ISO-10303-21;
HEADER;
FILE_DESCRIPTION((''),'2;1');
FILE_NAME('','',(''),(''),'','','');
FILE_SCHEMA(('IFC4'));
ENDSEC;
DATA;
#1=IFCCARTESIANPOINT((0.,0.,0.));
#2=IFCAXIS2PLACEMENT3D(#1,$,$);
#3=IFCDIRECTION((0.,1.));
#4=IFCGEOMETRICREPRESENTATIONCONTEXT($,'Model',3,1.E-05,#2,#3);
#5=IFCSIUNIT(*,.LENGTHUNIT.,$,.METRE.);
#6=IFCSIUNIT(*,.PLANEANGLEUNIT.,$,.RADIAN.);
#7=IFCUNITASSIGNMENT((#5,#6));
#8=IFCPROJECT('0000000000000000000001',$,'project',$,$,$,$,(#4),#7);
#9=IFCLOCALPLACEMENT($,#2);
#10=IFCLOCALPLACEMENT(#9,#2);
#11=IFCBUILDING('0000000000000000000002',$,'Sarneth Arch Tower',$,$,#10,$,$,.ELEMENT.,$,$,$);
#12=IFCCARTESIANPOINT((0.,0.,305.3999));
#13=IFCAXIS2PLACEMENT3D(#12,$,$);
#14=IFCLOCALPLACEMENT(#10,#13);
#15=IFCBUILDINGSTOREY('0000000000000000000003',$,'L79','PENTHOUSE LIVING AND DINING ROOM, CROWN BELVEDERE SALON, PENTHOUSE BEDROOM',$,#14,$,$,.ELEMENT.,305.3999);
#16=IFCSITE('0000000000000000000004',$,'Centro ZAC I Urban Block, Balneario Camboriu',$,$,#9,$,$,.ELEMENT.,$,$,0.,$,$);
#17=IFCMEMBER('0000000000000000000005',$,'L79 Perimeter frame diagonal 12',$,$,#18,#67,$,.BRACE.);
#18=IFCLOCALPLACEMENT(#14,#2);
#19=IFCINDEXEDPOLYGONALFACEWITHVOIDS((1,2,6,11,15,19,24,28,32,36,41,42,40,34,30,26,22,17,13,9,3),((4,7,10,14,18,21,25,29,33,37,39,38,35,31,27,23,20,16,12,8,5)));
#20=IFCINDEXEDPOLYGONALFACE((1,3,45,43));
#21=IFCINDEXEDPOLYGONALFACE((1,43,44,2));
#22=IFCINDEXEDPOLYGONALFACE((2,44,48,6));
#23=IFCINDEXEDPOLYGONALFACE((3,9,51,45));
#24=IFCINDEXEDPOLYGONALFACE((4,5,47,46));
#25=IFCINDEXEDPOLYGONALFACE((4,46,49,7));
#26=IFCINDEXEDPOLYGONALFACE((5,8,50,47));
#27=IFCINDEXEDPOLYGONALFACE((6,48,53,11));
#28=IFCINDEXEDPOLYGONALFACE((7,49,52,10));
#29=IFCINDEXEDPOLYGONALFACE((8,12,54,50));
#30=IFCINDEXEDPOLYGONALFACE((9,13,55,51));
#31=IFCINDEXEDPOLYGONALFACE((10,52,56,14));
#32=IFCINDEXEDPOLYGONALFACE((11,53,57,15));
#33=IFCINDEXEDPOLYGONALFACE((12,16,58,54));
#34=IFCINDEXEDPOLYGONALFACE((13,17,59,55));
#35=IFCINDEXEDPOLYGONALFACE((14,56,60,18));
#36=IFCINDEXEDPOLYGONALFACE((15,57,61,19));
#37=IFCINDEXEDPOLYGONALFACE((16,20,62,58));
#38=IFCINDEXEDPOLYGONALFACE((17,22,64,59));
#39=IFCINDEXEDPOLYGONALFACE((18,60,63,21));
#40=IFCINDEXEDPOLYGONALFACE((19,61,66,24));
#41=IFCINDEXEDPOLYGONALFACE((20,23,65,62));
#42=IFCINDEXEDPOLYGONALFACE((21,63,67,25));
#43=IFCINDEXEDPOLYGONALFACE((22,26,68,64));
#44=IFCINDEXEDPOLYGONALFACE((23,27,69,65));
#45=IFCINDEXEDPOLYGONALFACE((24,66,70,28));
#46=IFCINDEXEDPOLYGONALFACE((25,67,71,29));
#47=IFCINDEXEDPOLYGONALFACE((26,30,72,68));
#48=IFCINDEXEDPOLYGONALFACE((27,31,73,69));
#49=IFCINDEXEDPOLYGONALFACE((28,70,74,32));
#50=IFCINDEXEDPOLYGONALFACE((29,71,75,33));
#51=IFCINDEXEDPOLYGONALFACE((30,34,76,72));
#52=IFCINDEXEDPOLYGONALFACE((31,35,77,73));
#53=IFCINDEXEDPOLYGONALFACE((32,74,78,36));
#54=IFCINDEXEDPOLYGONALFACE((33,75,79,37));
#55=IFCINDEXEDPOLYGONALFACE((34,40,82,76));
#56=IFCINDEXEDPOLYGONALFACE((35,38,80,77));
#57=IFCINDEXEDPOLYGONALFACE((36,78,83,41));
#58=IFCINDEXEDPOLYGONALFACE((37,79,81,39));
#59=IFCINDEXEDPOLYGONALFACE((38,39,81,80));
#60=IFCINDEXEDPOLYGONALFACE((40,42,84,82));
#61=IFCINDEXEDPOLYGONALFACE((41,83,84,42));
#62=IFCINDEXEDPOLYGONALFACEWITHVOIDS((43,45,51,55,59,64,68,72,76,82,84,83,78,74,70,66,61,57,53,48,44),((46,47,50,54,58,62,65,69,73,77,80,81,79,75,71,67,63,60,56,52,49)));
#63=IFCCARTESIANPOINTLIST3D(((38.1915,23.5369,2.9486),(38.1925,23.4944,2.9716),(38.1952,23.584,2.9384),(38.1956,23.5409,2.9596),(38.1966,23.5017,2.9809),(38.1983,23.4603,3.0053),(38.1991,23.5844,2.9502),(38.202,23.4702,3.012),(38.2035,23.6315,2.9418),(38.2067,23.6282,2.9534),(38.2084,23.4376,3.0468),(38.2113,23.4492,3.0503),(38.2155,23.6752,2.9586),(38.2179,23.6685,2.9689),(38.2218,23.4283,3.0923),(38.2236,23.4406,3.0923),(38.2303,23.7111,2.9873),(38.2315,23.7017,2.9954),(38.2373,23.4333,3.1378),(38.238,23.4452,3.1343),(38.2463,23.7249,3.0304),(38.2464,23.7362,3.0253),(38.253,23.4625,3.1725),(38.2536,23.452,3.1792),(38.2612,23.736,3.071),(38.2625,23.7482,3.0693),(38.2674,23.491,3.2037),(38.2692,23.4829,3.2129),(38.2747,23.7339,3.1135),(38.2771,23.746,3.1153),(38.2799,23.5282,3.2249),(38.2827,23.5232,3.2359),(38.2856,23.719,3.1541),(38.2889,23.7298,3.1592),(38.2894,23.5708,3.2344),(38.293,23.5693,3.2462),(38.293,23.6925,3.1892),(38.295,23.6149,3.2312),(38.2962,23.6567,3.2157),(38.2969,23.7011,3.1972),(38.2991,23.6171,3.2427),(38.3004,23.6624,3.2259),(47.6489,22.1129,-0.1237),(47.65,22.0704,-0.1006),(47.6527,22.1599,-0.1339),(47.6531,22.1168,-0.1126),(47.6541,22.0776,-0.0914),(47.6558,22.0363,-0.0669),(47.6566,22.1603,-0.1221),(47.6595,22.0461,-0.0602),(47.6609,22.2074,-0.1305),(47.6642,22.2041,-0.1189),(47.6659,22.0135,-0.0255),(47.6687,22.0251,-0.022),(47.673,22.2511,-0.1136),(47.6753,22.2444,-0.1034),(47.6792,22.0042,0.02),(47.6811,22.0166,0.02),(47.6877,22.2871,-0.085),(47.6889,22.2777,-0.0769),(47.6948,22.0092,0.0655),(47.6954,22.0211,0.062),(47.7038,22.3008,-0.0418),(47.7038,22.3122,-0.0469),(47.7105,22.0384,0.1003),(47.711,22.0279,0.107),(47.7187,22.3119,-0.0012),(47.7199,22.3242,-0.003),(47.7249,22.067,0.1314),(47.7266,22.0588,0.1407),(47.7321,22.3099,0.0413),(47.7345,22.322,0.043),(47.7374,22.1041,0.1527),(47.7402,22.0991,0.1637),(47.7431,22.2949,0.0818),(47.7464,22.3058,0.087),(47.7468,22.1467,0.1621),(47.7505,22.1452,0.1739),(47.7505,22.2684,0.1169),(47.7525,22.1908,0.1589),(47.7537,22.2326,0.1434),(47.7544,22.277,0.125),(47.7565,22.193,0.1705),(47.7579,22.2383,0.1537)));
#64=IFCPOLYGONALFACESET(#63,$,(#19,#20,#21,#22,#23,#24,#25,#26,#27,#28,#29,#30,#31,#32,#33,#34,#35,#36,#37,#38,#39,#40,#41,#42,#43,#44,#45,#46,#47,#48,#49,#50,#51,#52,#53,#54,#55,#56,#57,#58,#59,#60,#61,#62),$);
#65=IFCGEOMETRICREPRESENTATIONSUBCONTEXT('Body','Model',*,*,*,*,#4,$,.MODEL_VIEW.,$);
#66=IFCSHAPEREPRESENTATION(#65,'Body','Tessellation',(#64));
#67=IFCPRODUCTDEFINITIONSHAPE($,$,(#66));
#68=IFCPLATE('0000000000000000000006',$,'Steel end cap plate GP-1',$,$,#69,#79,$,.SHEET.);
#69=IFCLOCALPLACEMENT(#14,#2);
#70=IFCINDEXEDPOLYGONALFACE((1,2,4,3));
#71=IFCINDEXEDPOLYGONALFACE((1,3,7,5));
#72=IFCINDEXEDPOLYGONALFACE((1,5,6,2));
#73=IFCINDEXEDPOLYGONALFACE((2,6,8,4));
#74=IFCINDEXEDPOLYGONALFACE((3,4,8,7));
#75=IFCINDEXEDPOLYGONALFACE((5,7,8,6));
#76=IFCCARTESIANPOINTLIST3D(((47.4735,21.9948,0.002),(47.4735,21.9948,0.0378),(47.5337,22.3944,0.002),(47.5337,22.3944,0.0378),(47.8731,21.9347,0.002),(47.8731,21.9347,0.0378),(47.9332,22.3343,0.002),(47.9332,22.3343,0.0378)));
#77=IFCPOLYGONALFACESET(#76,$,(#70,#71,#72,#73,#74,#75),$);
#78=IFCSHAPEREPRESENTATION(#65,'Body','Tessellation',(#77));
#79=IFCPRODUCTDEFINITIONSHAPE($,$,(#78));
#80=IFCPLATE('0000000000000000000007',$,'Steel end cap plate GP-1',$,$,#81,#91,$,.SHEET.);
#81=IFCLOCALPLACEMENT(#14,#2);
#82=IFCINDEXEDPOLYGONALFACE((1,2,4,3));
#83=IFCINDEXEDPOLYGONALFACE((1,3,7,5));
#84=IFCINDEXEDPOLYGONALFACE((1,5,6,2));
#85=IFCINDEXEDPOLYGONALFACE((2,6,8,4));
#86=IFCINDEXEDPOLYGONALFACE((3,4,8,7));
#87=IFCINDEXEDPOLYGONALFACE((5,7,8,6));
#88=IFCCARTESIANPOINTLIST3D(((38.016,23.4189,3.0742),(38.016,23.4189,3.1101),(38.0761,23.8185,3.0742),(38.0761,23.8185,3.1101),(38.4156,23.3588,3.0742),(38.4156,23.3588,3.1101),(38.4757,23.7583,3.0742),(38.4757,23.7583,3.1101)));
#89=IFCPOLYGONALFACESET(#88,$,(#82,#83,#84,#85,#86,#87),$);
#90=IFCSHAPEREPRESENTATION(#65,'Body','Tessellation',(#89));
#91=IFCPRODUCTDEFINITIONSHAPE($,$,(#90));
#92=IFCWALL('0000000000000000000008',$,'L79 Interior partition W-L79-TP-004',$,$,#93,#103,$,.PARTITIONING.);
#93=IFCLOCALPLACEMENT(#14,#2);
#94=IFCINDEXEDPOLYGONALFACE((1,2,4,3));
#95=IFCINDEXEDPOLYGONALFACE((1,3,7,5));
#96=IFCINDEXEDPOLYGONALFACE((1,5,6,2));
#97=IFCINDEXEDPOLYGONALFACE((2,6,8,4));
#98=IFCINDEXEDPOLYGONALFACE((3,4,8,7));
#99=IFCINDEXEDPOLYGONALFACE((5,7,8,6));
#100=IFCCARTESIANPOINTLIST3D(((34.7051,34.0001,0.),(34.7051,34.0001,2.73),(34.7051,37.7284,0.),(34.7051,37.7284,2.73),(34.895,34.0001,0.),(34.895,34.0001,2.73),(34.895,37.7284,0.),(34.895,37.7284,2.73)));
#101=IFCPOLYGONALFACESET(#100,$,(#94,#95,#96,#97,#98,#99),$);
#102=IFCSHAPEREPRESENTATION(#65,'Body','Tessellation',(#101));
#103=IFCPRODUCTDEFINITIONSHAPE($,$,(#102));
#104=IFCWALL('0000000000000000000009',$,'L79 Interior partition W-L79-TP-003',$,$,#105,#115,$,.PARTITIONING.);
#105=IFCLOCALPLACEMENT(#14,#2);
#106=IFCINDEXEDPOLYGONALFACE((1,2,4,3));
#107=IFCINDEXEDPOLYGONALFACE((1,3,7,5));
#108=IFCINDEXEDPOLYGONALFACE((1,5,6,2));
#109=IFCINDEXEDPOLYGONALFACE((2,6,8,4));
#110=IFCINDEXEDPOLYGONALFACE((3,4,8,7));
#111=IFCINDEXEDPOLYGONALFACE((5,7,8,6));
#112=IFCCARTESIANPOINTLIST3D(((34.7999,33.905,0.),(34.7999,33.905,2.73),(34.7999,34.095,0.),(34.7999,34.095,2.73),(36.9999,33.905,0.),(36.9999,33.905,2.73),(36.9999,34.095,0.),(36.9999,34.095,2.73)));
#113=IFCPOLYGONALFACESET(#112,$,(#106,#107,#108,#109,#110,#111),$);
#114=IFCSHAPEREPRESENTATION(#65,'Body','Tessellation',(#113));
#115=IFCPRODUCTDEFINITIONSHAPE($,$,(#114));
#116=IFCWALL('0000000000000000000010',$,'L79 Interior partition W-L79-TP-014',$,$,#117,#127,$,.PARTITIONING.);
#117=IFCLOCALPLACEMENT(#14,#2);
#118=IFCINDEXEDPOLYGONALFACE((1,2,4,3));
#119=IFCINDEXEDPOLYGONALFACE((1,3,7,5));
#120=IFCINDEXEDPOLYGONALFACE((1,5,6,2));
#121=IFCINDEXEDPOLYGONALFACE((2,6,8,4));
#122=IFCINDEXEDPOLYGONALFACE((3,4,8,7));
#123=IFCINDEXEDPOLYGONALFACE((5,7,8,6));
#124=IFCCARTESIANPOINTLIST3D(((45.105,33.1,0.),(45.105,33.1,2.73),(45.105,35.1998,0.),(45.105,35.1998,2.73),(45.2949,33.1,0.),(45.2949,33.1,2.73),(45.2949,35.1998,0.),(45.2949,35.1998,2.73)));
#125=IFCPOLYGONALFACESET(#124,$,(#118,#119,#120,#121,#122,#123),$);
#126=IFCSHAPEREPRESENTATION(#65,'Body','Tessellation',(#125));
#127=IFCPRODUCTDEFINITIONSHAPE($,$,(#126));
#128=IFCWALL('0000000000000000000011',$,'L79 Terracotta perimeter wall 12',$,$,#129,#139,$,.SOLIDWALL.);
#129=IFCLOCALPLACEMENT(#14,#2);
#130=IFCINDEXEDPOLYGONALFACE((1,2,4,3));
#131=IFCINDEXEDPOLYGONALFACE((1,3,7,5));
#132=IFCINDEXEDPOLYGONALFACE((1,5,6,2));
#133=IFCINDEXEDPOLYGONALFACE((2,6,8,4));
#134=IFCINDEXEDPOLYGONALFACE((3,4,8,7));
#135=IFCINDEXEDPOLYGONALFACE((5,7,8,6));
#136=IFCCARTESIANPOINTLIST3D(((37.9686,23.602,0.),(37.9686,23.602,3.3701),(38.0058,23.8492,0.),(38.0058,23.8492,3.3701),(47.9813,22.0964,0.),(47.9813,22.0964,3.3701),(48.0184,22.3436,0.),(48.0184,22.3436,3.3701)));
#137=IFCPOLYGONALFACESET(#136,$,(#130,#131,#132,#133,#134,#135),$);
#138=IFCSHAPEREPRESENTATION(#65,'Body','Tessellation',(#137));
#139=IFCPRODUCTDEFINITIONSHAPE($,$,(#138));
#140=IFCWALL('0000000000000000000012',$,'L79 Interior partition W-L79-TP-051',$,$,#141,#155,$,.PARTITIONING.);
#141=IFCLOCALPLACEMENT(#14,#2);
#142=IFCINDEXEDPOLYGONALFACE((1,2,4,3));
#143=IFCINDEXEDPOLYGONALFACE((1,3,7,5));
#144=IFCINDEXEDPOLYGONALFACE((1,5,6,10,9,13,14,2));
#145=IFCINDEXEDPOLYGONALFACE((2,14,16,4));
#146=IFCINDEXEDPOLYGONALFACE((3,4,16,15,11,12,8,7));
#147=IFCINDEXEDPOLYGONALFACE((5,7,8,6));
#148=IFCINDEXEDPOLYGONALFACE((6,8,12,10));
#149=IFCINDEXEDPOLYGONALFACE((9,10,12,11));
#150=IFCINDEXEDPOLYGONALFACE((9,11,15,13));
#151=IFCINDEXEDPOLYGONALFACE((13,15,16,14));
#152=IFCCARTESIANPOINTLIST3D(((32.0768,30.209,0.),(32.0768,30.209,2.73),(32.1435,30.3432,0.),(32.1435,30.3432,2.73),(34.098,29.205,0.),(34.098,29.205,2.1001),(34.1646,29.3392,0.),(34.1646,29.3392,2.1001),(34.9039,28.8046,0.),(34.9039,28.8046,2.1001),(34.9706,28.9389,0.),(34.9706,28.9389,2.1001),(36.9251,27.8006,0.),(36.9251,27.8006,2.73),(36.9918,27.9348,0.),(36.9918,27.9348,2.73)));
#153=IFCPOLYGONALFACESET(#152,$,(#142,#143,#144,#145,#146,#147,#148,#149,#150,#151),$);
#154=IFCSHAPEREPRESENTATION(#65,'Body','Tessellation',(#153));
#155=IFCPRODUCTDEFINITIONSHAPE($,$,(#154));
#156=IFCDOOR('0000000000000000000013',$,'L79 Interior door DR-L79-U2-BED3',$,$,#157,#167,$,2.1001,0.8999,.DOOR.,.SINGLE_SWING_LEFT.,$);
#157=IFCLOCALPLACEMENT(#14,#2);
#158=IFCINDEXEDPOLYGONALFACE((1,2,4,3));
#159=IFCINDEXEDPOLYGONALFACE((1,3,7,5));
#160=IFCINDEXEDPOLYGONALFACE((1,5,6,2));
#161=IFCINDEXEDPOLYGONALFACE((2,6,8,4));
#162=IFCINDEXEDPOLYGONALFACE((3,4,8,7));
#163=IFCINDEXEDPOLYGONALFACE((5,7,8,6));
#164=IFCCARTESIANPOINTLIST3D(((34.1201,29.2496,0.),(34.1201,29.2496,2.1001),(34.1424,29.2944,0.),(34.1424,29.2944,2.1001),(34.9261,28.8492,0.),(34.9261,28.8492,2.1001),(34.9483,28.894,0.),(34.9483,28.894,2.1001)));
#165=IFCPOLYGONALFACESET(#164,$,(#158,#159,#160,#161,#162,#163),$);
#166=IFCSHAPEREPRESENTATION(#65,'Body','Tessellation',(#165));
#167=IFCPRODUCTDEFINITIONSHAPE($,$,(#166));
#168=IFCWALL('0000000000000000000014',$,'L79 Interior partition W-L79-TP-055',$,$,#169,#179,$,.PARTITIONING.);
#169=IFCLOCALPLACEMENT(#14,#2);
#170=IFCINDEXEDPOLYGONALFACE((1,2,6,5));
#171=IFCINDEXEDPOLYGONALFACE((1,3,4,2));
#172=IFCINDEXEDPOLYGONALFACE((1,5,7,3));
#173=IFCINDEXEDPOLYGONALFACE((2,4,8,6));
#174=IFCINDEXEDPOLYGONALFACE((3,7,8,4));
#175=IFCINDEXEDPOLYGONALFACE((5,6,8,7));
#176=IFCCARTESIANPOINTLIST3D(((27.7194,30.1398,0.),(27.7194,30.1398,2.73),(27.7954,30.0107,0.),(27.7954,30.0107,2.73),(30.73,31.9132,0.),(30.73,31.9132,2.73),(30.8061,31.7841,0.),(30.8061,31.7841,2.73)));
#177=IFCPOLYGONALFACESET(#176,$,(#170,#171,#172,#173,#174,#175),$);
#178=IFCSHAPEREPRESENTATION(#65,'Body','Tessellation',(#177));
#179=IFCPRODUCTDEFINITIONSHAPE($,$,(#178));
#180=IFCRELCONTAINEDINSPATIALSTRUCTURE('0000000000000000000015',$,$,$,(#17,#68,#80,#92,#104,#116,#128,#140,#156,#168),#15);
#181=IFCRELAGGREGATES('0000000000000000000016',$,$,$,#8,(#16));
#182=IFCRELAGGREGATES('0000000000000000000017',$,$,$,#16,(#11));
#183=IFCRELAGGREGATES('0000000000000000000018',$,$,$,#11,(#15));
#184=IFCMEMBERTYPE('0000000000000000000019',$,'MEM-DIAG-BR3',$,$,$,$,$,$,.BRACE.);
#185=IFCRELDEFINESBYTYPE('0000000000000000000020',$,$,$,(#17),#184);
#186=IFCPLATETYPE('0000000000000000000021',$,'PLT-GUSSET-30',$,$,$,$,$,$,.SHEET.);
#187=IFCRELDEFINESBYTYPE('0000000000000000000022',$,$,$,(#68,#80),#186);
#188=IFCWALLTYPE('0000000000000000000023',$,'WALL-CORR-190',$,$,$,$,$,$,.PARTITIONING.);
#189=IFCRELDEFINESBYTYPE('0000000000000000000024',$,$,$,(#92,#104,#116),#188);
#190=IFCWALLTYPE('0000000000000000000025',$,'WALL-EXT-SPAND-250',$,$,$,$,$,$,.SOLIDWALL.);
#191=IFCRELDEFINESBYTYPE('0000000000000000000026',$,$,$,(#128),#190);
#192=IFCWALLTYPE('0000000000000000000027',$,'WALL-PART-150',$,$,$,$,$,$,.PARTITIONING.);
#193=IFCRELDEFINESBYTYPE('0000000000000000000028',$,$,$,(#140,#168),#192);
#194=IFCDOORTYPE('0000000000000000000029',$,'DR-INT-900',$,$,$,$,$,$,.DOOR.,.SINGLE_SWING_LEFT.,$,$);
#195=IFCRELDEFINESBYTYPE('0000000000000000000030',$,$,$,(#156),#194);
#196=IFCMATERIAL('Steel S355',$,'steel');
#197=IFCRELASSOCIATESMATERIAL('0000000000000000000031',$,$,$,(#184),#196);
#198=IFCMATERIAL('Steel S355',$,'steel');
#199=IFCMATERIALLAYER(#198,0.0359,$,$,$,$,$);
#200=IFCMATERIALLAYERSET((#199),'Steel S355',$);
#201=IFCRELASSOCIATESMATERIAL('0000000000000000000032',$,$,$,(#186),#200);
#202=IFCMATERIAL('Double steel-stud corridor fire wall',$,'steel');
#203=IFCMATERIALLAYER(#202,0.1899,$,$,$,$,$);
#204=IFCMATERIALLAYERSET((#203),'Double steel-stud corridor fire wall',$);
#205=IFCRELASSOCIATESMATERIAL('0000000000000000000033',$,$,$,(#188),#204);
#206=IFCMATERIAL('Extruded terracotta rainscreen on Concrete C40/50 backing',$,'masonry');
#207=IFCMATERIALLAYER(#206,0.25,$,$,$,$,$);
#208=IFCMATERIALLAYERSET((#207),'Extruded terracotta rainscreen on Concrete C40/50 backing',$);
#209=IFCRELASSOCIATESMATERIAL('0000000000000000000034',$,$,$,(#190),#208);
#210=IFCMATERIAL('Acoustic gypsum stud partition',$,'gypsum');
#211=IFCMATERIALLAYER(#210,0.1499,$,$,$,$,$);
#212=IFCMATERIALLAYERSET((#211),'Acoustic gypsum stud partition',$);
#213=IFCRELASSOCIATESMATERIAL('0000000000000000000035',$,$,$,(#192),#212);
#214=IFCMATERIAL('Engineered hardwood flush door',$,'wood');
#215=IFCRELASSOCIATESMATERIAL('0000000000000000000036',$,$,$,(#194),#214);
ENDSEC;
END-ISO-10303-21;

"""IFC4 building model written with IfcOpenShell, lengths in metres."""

from ifc_helpers import new_model, si_unit, direction, frame, frame_2d, origin, origin_2d, place, context, subcontext, project, spatial, rectangle, hollow_circle, extrude, material, layer, layer_set, material_profile, profile_set, type_object, element, fill, save


model = new_model("IFC4")

# Units and contexts
model_context = context("Model", 3, precision=1e-05, world=origin(), true_north=direction((0.0, 1.0)))
body_context = subcontext(model_context, "Body", "Model", "MODEL_VIEW")
ifc_project = project(units=[si_unit("LENGTHUNIT", "METRE"), si_unit("PLANEANGLEUNIT", "RADIAN")], contexts=[model_context])

# Site, building, storey
site_placement = place(None, origin())
site = spatial("IfcSite", under=ifc_project, at=site_placement, Name="Centro ZAC I Urban Block, Balneario Camboriu", CompositionType="ELEMENT", RefElevation=0.0)
building_placement = place(site_placement, origin())
building = spatial("IfcBuilding", under=site, at=building_placement, Name="Sarneth Arch Tower", CompositionType="ELEMENT")
storey_placement = place(building_placement, frame((0.0, 0.0, 305.3999)))
storey = spatial("IfcBuildingStorey", under=building, at=storey_placement, Name="L79", Description="PENTHOUSE LIVING AND DINING ROOM, CROWN BELVEDERE SALON, PENTHOUSE BEDROOM", CompositionType="ELEMENT", Elevation=305.3999)

# Member
ifc_material_1 = material(Name="Steel S355", Category="steel")
ifc_material_profile_1 = material_profile(ifc_material_1, hollow_circle(Radius=0.1621, WallThickness=0.0125, at=origin_2d()), Name="CHS324x12.5")
ifc_profile_set_1 = profile_set([ifc_material_profile_1], Name="Steel S355")
member_type_1 = type_object("IfcMemberType", Name="MEM-DIAG-BR3", PredefinedType="BRACE", material=ifc_profile_set_1)
member_1_placement = place(storey_placement, frame((47.7034, 22.1646, 0.02), z_axis=(-0.941471, 0.141763, 0.305836), x_axis=(-0.148897, -0.988853, 0.0)))
element("IfcMember", 1, at=member_1_placement, inside=storey, type_object=member_type_1, Name="L79 Perimeter frame diagonal 12", PredefinedType="BRACE", context=body_context, shape_type="SweptSolid", body=[
    extrude(hollow_circle(Radius=0.1621, WallThickness=0.0125, at=origin_2d()), origin(), (0.0, 0.0, 1.0), 10.0454),
])

# Plates
ifc_material_2 = material(Name="Steel S355", Category="steel")
ifc_layer_1 = layer(ifc_material_2, 0.0359)
ifc_layer_set_1 = layer_set([ifc_layer_1], Name="Steel S355")
plate_type = type_object("IfcPlateType", Name="PLT-GUSSET-30", PredefinedType="SHEET", material=ifc_layer_set_1)
for number, where, z_axis, x_axis, name in (
    (2, (47.7034, 22.1646, 0.002), (0.0, 0.0, 1.0), (0.988861, -0.148845, 0.0), "Steel end cap plate GP-1"),
    (3, (38.2458, 23.5886, 3.0742), (0.0, 0.0, 1.0), (0.988861, -0.148845, 0.0), "Steel end cap plate GP-1"),
):
    element("IfcPlate", number, at=place(storey_placement, frame(where, z_axis=z_axis, x_axis=x_axis)), inside=storey, type_object=plate_type, Name=name, PredefinedType="SHEET", context=body_context, shape_type="SweptSolid", body=[
        extrude(rectangle(XDim=0.4041, YDim=0.4041, at=origin_2d()), origin(), (0.0, 0.0, 1.0), 0.0359),
    ])

# Walls
ifc_material_3 = material(Name="Double steel-stud corridor fire wall", Category="steel")
ifc_layer_2 = layer(ifc_material_3, 0.1899)
ifc_layer_set_2 = layer_set([ifc_layer_2], Name="Double steel-stud corridor fire wall")
wall_type_1 = type_object("IfcWallType", Name="WALL-CORR-190", PredefinedType="PARTITIONING", material=ifc_layer_set_2)
wall_1_placement = place(storey_placement, frame((34.8, 34.0, 0.0), z_axis=(0.0, 0.0, 1.0), x_axis=(0.0, 1.0, 0.0)))
element("IfcWall", 4, at=wall_1_placement, inside=storey, type_object=wall_type_1, Name="L79 Interior partition W-L79-TP-004", PredefinedType="PARTITIONING", context=body_context, shape_type="SweptSolid", body=[
    extrude(rectangle(XDim=3.7283, YDim=0.1899, at=frame_2d((1.8643, 0.0))), origin(), (0.0, 0.0, 1.0), 2.73),
])
wall_2_placement = place(storey_placement, frame((37.0, 34.0, 0.0), z_axis=(0.0, 0.0, 1.0), x_axis=(-1.0, 0.0, 0.0)))
element("IfcWall", 5, at=wall_2_placement, inside=storey, type_object=wall_type_1, Name="L79 Interior partition W-L79-TP-003", PredefinedType="PARTITIONING", context=body_context, shape_type="SweptSolid", body=[
    extrude(rectangle(XDim=2.2, YDim=0.1899, at=frame_2d((1.1001, 0.0))), origin(), (0.0, 0.0, 1.0), 2.73),
])
wall_3_placement = place(storey_placement, frame((45.2, 33.1001, 0.0), z_axis=(0.0, 0.0, 1.0), x_axis=(0.0, 1.0, 0.0)))
element("IfcWall", 6, at=wall_3_placement, inside=storey, type_object=wall_type_1, Name="L79 Interior partition W-L79-TP-014", PredefinedType="PARTITIONING", context=body_context, shape_type="SweptSolid", body=[
    extrude(rectangle(XDim=2.0999, YDim=0.1899, at=frame_2d((1.0498, 0.0))), origin(), (0.0, 0.0, 1.0), 2.73),
])
ifc_material_4 = material(Name="Extruded terracotta rainscreen on Concrete C40/50 backing", Category="masonry")
ifc_layer_3 = layer(ifc_material_4, 0.25)
ifc_layer_set_3 = layer_set([ifc_layer_3], Name="Extruded terracotta rainscreen on Concrete C40/50 backing")
wall_type_2 = type_object("IfcWallType", Name="WALL-EXT-SPAND-250", PredefinedType="SOLIDWALL", material=ifc_layer_set_3)
wall_4_placement = place(storey_placement, frame((37.9873, 23.7256, 0.0), z_axis=(0.0, 0.0, 1.0), x_axis=(0.988883, -0.148699, 0.0)))
element("IfcWall", 7, at=wall_4_placement, inside=storey, type_object=wall_type_2, Name="L79 Terracotta perimeter wall 12", PredefinedType="SOLIDWALL", context=body_context, shape_type="SweptSolid", body=[
    extrude(rectangle(XDim=10.1252, YDim=0.25, at=frame_2d((5.0625, 0.0))), origin(), (0.0, 0.0, 1.0), 3.3701),
])

# Wall, opening, door
ifc_material_5 = material(Name="Acoustic gypsum stud partition", Category="gypsum")
ifc_layer_4 = layer(ifc_material_5, 0.1499)
ifc_layer_set_4 = layer_set([ifc_layer_4], Name="Acoustic gypsum stud partition")
wall_type_3 = type_object("IfcWallType", Name="WALL-PART-150", PredefinedType="PARTITIONING", material=ifc_layer_set_4)
wall_5_placement = place(storey_placement, frame((32.1101, 30.2761, 0.0), z_axis=(0.0, 0.0, 1.0), x_axis=(0.895588, -0.444885, 0.0)))
wall_5 = element("IfcWall", 8, at=wall_5_placement, inside=storey, type_object=wall_type_3, Name="L79 Interior partition W-L79-TP-051", PredefinedType="PARTITIONING", context=body_context, shape_type="SweptSolid", body=[
    extrude(rectangle(XDim=5.4136, YDim=0.1499, at=frame_2d((2.7068, 0.0))), origin(), (0.0, 0.0, 1.0), 2.73),
])
opening_placement = place(wall_5_placement, frame((2.2568, 0.0, 0.0)))
opening = element("IfcOpeningElement", 9, at=opening_placement, cuts=wall_5, PredefinedType="OPENING", context=body_context, shape_type="SweptSolid", body=[
    extrude(rectangle(XDim=0.8999, YDim=2.1001, at=frame_2d((0.45, 1.05))), frame((0.0, 0.085, 0.0), z_axis=(0.0, -1.0, 0.0), x_axis=(1.0, 0.0, 0.0)), (0.0, 0.0, 1.0), 0.1699),
])
ifc_material_6 = material(Name="Engineered hardwood flush door", Category="wood")
door_type = type_object("IfcDoorType", Name="DR-INT-900", OperationType="SINGLE_SWING_LEFT", PredefinedType="DOOR", material=ifc_material_6)
door_placement = place(opening_placement, origin())
door = element("IfcDoor", 10, at=door_placement, inside=storey, type_object=door_type, Name="L79 Interior door DR-L79-U2-BED3", OperationType="SINGLE_SWING_LEFT", OverallHeight=2.1001, OverallWidth=0.8999, PredefinedType="DOOR", context=body_context, shape_type="SweptSolid", body=[
    extrude(rectangle(XDim=0.8999, YDim=2.1001, at=frame_2d((0.45, 1.05))), frame((0.0, 0.0249, 0.0), z_axis=(0.0, -1.0, 0.0), x_axis=(1.0, 0.0, 0.0)), (0.0, 0.0, 1.0), 0.05),
])
fill(opening, door)

# Wall
wall_6_placement = place(storey_placement, frame((30.7681, 31.8486, 0.0), z_axis=(0.0, 0.0, 1.0), x_axis=(-0.861632, -0.507533, 0.0)))
element("IfcWall", 11, at=wall_6_placement, inside=storey, type_object=wall_type_3, Name="L79 Interior partition W-L79-TP-055", PredefinedType="PARTITIONING", context=body_context, shape_type="SweptSolid", body=[
    extrude(rectangle(XDim=3.4941, YDim=0.1499, at=frame_2d((1.7471, 0.0))), origin(), (0.0, 0.0, 1.0), 2.73),
])

save(model, "model.ifc")
